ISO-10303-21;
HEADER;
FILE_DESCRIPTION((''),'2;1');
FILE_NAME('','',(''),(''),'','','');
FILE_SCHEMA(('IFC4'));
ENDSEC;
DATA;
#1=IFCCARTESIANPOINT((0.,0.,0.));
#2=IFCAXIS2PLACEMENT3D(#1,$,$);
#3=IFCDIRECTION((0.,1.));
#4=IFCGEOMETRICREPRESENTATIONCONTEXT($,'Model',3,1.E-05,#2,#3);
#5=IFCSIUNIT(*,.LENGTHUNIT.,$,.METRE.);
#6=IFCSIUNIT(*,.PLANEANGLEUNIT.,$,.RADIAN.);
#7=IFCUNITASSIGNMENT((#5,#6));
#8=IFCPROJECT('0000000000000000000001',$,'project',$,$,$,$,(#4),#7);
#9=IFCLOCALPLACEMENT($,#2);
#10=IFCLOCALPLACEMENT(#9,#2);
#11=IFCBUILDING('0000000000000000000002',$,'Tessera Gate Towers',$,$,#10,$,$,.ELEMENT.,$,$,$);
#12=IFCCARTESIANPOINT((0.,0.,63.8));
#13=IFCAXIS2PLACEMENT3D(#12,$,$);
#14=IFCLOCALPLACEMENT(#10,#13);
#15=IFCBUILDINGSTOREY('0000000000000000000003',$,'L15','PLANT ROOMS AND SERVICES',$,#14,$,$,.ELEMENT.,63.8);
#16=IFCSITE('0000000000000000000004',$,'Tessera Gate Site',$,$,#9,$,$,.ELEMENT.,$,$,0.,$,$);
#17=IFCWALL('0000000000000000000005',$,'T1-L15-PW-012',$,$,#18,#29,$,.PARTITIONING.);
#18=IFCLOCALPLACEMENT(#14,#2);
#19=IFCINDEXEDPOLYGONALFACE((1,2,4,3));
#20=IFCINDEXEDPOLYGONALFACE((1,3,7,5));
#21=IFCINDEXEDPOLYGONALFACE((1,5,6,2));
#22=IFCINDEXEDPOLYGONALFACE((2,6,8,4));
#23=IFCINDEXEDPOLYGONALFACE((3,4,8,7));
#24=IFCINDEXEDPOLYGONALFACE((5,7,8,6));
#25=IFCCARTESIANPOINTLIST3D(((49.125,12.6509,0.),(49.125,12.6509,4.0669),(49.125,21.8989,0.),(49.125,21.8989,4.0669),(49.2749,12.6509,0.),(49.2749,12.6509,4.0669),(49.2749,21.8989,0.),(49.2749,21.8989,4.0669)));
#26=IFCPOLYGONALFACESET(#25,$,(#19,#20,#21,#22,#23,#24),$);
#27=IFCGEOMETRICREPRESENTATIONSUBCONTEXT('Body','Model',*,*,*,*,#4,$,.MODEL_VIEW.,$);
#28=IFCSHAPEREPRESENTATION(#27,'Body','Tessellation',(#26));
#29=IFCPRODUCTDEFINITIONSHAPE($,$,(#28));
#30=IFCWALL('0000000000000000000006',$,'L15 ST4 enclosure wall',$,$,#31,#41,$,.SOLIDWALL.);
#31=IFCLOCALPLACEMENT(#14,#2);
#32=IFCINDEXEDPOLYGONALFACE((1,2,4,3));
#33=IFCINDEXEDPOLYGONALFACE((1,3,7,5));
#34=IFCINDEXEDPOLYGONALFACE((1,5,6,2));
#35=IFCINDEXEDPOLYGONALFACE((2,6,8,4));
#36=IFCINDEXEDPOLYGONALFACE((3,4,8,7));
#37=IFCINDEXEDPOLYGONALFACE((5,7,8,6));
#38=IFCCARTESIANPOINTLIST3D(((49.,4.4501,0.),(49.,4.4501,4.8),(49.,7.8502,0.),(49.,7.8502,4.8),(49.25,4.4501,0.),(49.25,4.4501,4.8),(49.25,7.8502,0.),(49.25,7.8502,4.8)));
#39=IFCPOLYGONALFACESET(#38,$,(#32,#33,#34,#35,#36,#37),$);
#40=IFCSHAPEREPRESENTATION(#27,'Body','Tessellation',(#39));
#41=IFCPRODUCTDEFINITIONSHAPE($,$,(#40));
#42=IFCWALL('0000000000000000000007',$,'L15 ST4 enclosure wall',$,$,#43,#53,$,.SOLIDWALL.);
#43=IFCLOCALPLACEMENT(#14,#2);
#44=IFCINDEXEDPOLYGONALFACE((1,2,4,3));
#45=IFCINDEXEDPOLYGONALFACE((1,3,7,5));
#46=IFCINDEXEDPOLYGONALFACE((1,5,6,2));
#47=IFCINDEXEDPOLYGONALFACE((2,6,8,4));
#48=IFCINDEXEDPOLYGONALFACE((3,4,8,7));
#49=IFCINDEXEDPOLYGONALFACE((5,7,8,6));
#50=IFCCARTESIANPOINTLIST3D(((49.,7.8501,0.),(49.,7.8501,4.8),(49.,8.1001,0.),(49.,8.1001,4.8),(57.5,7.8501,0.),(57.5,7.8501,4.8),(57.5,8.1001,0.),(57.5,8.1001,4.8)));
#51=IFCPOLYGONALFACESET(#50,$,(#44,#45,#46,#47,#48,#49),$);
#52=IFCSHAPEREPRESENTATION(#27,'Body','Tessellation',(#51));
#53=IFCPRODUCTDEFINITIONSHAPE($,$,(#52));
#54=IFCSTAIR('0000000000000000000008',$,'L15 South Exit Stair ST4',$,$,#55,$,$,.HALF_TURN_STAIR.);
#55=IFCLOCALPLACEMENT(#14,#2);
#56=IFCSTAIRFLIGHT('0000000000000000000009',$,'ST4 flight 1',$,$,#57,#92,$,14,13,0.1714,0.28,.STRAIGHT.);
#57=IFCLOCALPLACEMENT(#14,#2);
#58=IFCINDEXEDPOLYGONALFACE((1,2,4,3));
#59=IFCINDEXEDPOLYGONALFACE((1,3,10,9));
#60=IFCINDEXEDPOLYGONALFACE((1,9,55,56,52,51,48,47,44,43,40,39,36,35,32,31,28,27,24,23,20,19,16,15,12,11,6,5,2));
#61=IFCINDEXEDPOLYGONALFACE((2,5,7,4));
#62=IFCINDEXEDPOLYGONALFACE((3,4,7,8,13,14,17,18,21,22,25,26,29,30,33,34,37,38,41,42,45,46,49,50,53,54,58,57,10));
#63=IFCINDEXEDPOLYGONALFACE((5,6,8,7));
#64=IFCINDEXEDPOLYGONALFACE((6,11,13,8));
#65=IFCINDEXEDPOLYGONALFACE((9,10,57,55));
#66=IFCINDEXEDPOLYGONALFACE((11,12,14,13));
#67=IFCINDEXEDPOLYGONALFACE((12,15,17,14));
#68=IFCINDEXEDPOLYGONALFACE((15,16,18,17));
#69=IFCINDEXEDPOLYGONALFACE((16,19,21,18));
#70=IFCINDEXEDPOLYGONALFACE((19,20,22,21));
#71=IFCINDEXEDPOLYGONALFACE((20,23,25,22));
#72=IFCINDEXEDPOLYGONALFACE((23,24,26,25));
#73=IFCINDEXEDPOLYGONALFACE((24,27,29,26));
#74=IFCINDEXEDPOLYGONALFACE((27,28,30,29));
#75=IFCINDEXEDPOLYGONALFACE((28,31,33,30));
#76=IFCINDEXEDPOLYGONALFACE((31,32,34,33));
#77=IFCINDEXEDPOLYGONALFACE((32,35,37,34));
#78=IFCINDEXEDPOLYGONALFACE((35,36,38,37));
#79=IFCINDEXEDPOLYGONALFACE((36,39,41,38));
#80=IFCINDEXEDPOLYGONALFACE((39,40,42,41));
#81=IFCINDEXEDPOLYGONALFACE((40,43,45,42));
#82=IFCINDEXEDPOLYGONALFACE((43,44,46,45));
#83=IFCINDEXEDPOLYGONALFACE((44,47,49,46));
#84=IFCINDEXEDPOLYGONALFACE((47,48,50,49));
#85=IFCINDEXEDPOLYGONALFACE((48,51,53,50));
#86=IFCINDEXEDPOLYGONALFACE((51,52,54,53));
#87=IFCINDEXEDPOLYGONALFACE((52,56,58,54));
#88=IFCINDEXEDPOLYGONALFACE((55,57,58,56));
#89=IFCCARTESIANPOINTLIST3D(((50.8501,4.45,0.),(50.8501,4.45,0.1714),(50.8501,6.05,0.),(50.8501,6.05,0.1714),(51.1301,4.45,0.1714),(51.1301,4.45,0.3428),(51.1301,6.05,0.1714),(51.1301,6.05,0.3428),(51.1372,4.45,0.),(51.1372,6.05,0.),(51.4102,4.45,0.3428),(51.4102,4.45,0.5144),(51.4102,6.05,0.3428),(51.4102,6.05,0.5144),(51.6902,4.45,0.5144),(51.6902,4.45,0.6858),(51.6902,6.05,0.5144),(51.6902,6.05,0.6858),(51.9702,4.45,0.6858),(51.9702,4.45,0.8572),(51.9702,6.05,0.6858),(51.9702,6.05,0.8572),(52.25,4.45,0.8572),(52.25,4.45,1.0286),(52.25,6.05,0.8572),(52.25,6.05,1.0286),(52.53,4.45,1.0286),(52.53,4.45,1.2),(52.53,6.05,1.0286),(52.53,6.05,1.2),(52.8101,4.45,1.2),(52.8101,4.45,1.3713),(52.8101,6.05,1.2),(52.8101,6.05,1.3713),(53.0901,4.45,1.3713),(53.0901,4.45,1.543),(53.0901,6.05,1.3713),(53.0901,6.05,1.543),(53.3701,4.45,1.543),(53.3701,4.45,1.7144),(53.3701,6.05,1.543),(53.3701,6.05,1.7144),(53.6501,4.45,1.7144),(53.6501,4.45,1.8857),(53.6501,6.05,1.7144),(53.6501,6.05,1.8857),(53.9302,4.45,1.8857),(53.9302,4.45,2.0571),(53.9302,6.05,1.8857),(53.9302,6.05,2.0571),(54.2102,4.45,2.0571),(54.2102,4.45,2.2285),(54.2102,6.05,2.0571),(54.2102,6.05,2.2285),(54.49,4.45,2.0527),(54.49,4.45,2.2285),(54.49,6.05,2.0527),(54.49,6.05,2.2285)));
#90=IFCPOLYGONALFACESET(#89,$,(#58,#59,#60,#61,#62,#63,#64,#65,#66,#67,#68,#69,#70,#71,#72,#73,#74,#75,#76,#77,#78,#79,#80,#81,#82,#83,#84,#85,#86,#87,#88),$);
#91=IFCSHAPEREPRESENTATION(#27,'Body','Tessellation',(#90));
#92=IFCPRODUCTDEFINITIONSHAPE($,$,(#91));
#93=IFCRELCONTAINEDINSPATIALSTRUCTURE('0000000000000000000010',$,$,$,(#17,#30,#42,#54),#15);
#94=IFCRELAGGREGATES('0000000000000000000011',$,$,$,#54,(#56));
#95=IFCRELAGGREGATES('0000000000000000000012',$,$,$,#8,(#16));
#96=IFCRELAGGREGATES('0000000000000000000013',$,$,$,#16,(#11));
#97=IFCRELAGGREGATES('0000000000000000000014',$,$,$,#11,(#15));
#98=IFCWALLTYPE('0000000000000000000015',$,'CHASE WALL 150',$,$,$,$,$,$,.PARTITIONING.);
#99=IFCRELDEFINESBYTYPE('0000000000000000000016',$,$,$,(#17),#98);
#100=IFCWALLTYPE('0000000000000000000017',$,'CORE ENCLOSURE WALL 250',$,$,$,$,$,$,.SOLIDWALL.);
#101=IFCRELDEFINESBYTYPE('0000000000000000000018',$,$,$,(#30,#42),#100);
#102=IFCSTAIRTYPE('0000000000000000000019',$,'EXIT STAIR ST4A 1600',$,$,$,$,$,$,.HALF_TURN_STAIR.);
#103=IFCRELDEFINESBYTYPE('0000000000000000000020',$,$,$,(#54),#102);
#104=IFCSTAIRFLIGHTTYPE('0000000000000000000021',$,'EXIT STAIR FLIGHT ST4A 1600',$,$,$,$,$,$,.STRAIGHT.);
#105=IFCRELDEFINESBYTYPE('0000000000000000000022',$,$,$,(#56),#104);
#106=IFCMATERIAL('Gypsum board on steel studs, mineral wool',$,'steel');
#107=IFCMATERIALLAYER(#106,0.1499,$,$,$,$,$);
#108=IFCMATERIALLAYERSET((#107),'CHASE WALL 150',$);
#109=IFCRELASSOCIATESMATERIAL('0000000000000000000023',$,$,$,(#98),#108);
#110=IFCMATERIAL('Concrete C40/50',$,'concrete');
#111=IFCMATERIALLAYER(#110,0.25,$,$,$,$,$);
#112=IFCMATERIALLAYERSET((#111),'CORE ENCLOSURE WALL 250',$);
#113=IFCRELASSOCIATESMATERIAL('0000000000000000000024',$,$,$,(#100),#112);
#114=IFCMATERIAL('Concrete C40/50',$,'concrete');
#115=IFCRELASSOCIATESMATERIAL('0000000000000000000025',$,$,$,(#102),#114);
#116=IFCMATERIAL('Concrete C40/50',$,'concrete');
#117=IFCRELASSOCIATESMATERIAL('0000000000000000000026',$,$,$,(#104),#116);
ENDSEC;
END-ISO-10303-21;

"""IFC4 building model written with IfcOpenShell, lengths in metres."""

from ifc_helpers import new_model, si_unit, direction, frame, frame_2d, origin, place, context, subcontext, project, spatial, polyline, rectangle, outline, extrude, material, layer, layer_set, type_object, element, aggregate, save


model = new_model("IFC4")

# Units and contexts
model_context = context("Model", 3, precision=1e-05, world=origin(), true_north=direction((0.0, 1.0)))
body_context = subcontext(model_context, "Body", "Model", "MODEL_VIEW")
ifc_project = project(units=[si_unit("LENGTHUNIT", "METRE"), si_unit("PLANEANGLEUNIT", "RADIAN")], contexts=[model_context])

# Site, building, storey
site_placement = place(None, origin())
site = spatial("IfcSite", under=ifc_project, at=site_placement, Name="Tessera Gate Site", CompositionType="ELEMENT", RefElevation=0.0)
building_placement = place(site_placement, origin())
building = spatial("IfcBuilding", under=site, at=building_placement, Name="Tessera Gate Towers", CompositionType="ELEMENT")
storey_placement = place(building_placement, frame((0.0, 0.0, 63.8)))
storey = spatial("IfcBuildingStorey", under=building, at=storey_placement, Name="L15", Description="PLANT ROOMS AND SERVICES", CompositionType="ELEMENT", Elevation=63.8)

# Walls
ifc_material_1 = material(Name="Gypsum board on steel studs, mineral wool", Category="steel")
ifc_layer_1 = layer(ifc_material_1, 0.1499)
ifc_layer_set_1 = layer_set([ifc_layer_1], Name="CHASE WALL 150")
wall_type_1 = type_object("IfcWallType", Name="CHASE WALL 150", PredefinedType="PARTITIONING", material=ifc_layer_set_1)
wall_1_placement = place(storey_placement, frame((49.2, 12.6509, 0.0), z_axis=(0.0, 0.0, 1.0), x_axis=(0.0, 1.0, 0.0)))
element("IfcWall", 1, at=wall_1_placement, inside=storey, type_object=wall_type_1, Name="T1-L15-PW-012", PredefinedType="PARTITIONING", context=body_context, shape_type="SweptSolid", body=[
    extrude(rectangle(XDim=9.248, YDim=0.1499, at=frame_2d((4.624, 0.0))), origin(), (0.0, 0.0, 1.0), 4.0669),
])
ifc_material_2 = material(Name="Concrete C40/50", Category="concrete")
ifc_layer_2 = layer(ifc_material_2, 0.25)
ifc_layer_set_2 = layer_set([ifc_layer_2], Name="CORE ENCLOSURE WALL 250")
wall_type_2 = type_object("IfcWallType", Name="CORE ENCLOSURE WALL 250", PredefinedType="SOLIDWALL", material=ifc_layer_set_2)
wall_2_placement = place(storey_placement, frame((49.125, 4.45, 0.0), z_axis=(0.0, 0.0, 1.0), x_axis=(0.0, 1.0, 0.0)))
element("IfcWall", 2, at=wall_2_placement, inside=storey, type_object=wall_type_2, Name="L15 ST4 enclosure wall", PredefinedType="SOLIDWALL", context=body_context, shape_type="SweptSolid", body=[
    extrude(rectangle(XDim=3.4001, YDim=0.25, at=frame_2d((1.7002, 0.0))), origin(), (0.0, 0.0, 1.0), 4.8),
])
wall_3_placement = place(storey_placement, frame((49.0, 7.9751, 0.0), z_axis=(0.0, 0.0, 1.0), x_axis=(1.0, 0.0, 0.0)))
element("IfcWall", 3, at=wall_3_placement, inside=storey, type_object=wall_type_2, Name="L15 ST4 enclosure wall", PredefinedType="SOLIDWALL", context=body_context, shape_type="SweptSolid", body=[
    extrude(rectangle(XDim=8.5, YDim=0.25, at=frame_2d((4.25, 0.0))), origin(), (0.0, 0.0, 1.0), 4.8),
])

# Stair, stair flight
ifc_material_3 = material(Name="Concrete C40/50", Category="concrete")
stair_type = type_object("IfcStairType", Name="EXIT STAIR ST4A 1600", PredefinedType="HALF_TURN_STAIR", material=ifc_material_3)
stair_placement = place(storey_placement, origin())
stair = element("IfcStair", 4, at=stair_placement, inside=storey, type_object=stair_type, Name="L15 South Exit Stair ST4", PredefinedType="HALF_TURN_STAIR")
ifc_material_4 = material(Name="Concrete C40/50", Category="concrete")
stair_flight_type = type_object("IfcStairFlightType", Name="EXIT STAIR FLIGHT ST4A 1600", PredefinedType="STRAIGHT", material=ifc_material_4)
stair_flight_placement = place(storey_placement, frame((50.8501, 5.25, 0.0), z_axis=(0.0, 0.0, 1.0), x_axis=(1.0, 0.0, 0.0)))
stair_flight = element("IfcStairFlight", 5, at=stair_flight_placement, type_object=stair_flight_type, Name="ST4 flight 1", NumberOfRisers=14, NumberOfTreads=13, PredefinedType="STRAIGHT", RiserHeight=0.1714, TreadLength=0.28, context=body_context, shape_type="SweptSolid", body=[
    extrude(outline(polyline([(0.0, 0.0), (0.0, 0.1714), (0.28, 0.1714), (0.28, 0.3428), (0.5601, 0.3428), (0.5601, 0.5144), (0.8401, 0.5144), (0.8401, 0.6858), (1.1201, 0.6858), (1.1201, 0.8572), (1.3999, 0.8572), (1.3999, 1.0286), (1.6799, 1.0286), (1.6799, 1.2), (1.96, 1.2), (1.96, 1.3713), (2.24, 1.3713), (2.24, 1.543), (2.52, 1.543), (2.52, 1.7144), (2.8, 1.7144), (2.8, 1.8857), (3.0801, 1.8857), (3.0801, 2.0571), (3.3601, 2.0571), (3.3601, 2.2285), (3.6399, 2.2285), (3.6399, 2.3999), (3.6399, 2.0527), (0.2871, 0.0), (0.0, 0.0)])), frame((0.0, 0.8, 0.0), z_axis=(0.0, -1.0, 0.0), x_axis=(1.0, 0.0, 0.0)), (0.0, 0.0, 1.0), 1.6001),
])
aggregate(stair, [stair_flight])

save(model, "model.ifc")
